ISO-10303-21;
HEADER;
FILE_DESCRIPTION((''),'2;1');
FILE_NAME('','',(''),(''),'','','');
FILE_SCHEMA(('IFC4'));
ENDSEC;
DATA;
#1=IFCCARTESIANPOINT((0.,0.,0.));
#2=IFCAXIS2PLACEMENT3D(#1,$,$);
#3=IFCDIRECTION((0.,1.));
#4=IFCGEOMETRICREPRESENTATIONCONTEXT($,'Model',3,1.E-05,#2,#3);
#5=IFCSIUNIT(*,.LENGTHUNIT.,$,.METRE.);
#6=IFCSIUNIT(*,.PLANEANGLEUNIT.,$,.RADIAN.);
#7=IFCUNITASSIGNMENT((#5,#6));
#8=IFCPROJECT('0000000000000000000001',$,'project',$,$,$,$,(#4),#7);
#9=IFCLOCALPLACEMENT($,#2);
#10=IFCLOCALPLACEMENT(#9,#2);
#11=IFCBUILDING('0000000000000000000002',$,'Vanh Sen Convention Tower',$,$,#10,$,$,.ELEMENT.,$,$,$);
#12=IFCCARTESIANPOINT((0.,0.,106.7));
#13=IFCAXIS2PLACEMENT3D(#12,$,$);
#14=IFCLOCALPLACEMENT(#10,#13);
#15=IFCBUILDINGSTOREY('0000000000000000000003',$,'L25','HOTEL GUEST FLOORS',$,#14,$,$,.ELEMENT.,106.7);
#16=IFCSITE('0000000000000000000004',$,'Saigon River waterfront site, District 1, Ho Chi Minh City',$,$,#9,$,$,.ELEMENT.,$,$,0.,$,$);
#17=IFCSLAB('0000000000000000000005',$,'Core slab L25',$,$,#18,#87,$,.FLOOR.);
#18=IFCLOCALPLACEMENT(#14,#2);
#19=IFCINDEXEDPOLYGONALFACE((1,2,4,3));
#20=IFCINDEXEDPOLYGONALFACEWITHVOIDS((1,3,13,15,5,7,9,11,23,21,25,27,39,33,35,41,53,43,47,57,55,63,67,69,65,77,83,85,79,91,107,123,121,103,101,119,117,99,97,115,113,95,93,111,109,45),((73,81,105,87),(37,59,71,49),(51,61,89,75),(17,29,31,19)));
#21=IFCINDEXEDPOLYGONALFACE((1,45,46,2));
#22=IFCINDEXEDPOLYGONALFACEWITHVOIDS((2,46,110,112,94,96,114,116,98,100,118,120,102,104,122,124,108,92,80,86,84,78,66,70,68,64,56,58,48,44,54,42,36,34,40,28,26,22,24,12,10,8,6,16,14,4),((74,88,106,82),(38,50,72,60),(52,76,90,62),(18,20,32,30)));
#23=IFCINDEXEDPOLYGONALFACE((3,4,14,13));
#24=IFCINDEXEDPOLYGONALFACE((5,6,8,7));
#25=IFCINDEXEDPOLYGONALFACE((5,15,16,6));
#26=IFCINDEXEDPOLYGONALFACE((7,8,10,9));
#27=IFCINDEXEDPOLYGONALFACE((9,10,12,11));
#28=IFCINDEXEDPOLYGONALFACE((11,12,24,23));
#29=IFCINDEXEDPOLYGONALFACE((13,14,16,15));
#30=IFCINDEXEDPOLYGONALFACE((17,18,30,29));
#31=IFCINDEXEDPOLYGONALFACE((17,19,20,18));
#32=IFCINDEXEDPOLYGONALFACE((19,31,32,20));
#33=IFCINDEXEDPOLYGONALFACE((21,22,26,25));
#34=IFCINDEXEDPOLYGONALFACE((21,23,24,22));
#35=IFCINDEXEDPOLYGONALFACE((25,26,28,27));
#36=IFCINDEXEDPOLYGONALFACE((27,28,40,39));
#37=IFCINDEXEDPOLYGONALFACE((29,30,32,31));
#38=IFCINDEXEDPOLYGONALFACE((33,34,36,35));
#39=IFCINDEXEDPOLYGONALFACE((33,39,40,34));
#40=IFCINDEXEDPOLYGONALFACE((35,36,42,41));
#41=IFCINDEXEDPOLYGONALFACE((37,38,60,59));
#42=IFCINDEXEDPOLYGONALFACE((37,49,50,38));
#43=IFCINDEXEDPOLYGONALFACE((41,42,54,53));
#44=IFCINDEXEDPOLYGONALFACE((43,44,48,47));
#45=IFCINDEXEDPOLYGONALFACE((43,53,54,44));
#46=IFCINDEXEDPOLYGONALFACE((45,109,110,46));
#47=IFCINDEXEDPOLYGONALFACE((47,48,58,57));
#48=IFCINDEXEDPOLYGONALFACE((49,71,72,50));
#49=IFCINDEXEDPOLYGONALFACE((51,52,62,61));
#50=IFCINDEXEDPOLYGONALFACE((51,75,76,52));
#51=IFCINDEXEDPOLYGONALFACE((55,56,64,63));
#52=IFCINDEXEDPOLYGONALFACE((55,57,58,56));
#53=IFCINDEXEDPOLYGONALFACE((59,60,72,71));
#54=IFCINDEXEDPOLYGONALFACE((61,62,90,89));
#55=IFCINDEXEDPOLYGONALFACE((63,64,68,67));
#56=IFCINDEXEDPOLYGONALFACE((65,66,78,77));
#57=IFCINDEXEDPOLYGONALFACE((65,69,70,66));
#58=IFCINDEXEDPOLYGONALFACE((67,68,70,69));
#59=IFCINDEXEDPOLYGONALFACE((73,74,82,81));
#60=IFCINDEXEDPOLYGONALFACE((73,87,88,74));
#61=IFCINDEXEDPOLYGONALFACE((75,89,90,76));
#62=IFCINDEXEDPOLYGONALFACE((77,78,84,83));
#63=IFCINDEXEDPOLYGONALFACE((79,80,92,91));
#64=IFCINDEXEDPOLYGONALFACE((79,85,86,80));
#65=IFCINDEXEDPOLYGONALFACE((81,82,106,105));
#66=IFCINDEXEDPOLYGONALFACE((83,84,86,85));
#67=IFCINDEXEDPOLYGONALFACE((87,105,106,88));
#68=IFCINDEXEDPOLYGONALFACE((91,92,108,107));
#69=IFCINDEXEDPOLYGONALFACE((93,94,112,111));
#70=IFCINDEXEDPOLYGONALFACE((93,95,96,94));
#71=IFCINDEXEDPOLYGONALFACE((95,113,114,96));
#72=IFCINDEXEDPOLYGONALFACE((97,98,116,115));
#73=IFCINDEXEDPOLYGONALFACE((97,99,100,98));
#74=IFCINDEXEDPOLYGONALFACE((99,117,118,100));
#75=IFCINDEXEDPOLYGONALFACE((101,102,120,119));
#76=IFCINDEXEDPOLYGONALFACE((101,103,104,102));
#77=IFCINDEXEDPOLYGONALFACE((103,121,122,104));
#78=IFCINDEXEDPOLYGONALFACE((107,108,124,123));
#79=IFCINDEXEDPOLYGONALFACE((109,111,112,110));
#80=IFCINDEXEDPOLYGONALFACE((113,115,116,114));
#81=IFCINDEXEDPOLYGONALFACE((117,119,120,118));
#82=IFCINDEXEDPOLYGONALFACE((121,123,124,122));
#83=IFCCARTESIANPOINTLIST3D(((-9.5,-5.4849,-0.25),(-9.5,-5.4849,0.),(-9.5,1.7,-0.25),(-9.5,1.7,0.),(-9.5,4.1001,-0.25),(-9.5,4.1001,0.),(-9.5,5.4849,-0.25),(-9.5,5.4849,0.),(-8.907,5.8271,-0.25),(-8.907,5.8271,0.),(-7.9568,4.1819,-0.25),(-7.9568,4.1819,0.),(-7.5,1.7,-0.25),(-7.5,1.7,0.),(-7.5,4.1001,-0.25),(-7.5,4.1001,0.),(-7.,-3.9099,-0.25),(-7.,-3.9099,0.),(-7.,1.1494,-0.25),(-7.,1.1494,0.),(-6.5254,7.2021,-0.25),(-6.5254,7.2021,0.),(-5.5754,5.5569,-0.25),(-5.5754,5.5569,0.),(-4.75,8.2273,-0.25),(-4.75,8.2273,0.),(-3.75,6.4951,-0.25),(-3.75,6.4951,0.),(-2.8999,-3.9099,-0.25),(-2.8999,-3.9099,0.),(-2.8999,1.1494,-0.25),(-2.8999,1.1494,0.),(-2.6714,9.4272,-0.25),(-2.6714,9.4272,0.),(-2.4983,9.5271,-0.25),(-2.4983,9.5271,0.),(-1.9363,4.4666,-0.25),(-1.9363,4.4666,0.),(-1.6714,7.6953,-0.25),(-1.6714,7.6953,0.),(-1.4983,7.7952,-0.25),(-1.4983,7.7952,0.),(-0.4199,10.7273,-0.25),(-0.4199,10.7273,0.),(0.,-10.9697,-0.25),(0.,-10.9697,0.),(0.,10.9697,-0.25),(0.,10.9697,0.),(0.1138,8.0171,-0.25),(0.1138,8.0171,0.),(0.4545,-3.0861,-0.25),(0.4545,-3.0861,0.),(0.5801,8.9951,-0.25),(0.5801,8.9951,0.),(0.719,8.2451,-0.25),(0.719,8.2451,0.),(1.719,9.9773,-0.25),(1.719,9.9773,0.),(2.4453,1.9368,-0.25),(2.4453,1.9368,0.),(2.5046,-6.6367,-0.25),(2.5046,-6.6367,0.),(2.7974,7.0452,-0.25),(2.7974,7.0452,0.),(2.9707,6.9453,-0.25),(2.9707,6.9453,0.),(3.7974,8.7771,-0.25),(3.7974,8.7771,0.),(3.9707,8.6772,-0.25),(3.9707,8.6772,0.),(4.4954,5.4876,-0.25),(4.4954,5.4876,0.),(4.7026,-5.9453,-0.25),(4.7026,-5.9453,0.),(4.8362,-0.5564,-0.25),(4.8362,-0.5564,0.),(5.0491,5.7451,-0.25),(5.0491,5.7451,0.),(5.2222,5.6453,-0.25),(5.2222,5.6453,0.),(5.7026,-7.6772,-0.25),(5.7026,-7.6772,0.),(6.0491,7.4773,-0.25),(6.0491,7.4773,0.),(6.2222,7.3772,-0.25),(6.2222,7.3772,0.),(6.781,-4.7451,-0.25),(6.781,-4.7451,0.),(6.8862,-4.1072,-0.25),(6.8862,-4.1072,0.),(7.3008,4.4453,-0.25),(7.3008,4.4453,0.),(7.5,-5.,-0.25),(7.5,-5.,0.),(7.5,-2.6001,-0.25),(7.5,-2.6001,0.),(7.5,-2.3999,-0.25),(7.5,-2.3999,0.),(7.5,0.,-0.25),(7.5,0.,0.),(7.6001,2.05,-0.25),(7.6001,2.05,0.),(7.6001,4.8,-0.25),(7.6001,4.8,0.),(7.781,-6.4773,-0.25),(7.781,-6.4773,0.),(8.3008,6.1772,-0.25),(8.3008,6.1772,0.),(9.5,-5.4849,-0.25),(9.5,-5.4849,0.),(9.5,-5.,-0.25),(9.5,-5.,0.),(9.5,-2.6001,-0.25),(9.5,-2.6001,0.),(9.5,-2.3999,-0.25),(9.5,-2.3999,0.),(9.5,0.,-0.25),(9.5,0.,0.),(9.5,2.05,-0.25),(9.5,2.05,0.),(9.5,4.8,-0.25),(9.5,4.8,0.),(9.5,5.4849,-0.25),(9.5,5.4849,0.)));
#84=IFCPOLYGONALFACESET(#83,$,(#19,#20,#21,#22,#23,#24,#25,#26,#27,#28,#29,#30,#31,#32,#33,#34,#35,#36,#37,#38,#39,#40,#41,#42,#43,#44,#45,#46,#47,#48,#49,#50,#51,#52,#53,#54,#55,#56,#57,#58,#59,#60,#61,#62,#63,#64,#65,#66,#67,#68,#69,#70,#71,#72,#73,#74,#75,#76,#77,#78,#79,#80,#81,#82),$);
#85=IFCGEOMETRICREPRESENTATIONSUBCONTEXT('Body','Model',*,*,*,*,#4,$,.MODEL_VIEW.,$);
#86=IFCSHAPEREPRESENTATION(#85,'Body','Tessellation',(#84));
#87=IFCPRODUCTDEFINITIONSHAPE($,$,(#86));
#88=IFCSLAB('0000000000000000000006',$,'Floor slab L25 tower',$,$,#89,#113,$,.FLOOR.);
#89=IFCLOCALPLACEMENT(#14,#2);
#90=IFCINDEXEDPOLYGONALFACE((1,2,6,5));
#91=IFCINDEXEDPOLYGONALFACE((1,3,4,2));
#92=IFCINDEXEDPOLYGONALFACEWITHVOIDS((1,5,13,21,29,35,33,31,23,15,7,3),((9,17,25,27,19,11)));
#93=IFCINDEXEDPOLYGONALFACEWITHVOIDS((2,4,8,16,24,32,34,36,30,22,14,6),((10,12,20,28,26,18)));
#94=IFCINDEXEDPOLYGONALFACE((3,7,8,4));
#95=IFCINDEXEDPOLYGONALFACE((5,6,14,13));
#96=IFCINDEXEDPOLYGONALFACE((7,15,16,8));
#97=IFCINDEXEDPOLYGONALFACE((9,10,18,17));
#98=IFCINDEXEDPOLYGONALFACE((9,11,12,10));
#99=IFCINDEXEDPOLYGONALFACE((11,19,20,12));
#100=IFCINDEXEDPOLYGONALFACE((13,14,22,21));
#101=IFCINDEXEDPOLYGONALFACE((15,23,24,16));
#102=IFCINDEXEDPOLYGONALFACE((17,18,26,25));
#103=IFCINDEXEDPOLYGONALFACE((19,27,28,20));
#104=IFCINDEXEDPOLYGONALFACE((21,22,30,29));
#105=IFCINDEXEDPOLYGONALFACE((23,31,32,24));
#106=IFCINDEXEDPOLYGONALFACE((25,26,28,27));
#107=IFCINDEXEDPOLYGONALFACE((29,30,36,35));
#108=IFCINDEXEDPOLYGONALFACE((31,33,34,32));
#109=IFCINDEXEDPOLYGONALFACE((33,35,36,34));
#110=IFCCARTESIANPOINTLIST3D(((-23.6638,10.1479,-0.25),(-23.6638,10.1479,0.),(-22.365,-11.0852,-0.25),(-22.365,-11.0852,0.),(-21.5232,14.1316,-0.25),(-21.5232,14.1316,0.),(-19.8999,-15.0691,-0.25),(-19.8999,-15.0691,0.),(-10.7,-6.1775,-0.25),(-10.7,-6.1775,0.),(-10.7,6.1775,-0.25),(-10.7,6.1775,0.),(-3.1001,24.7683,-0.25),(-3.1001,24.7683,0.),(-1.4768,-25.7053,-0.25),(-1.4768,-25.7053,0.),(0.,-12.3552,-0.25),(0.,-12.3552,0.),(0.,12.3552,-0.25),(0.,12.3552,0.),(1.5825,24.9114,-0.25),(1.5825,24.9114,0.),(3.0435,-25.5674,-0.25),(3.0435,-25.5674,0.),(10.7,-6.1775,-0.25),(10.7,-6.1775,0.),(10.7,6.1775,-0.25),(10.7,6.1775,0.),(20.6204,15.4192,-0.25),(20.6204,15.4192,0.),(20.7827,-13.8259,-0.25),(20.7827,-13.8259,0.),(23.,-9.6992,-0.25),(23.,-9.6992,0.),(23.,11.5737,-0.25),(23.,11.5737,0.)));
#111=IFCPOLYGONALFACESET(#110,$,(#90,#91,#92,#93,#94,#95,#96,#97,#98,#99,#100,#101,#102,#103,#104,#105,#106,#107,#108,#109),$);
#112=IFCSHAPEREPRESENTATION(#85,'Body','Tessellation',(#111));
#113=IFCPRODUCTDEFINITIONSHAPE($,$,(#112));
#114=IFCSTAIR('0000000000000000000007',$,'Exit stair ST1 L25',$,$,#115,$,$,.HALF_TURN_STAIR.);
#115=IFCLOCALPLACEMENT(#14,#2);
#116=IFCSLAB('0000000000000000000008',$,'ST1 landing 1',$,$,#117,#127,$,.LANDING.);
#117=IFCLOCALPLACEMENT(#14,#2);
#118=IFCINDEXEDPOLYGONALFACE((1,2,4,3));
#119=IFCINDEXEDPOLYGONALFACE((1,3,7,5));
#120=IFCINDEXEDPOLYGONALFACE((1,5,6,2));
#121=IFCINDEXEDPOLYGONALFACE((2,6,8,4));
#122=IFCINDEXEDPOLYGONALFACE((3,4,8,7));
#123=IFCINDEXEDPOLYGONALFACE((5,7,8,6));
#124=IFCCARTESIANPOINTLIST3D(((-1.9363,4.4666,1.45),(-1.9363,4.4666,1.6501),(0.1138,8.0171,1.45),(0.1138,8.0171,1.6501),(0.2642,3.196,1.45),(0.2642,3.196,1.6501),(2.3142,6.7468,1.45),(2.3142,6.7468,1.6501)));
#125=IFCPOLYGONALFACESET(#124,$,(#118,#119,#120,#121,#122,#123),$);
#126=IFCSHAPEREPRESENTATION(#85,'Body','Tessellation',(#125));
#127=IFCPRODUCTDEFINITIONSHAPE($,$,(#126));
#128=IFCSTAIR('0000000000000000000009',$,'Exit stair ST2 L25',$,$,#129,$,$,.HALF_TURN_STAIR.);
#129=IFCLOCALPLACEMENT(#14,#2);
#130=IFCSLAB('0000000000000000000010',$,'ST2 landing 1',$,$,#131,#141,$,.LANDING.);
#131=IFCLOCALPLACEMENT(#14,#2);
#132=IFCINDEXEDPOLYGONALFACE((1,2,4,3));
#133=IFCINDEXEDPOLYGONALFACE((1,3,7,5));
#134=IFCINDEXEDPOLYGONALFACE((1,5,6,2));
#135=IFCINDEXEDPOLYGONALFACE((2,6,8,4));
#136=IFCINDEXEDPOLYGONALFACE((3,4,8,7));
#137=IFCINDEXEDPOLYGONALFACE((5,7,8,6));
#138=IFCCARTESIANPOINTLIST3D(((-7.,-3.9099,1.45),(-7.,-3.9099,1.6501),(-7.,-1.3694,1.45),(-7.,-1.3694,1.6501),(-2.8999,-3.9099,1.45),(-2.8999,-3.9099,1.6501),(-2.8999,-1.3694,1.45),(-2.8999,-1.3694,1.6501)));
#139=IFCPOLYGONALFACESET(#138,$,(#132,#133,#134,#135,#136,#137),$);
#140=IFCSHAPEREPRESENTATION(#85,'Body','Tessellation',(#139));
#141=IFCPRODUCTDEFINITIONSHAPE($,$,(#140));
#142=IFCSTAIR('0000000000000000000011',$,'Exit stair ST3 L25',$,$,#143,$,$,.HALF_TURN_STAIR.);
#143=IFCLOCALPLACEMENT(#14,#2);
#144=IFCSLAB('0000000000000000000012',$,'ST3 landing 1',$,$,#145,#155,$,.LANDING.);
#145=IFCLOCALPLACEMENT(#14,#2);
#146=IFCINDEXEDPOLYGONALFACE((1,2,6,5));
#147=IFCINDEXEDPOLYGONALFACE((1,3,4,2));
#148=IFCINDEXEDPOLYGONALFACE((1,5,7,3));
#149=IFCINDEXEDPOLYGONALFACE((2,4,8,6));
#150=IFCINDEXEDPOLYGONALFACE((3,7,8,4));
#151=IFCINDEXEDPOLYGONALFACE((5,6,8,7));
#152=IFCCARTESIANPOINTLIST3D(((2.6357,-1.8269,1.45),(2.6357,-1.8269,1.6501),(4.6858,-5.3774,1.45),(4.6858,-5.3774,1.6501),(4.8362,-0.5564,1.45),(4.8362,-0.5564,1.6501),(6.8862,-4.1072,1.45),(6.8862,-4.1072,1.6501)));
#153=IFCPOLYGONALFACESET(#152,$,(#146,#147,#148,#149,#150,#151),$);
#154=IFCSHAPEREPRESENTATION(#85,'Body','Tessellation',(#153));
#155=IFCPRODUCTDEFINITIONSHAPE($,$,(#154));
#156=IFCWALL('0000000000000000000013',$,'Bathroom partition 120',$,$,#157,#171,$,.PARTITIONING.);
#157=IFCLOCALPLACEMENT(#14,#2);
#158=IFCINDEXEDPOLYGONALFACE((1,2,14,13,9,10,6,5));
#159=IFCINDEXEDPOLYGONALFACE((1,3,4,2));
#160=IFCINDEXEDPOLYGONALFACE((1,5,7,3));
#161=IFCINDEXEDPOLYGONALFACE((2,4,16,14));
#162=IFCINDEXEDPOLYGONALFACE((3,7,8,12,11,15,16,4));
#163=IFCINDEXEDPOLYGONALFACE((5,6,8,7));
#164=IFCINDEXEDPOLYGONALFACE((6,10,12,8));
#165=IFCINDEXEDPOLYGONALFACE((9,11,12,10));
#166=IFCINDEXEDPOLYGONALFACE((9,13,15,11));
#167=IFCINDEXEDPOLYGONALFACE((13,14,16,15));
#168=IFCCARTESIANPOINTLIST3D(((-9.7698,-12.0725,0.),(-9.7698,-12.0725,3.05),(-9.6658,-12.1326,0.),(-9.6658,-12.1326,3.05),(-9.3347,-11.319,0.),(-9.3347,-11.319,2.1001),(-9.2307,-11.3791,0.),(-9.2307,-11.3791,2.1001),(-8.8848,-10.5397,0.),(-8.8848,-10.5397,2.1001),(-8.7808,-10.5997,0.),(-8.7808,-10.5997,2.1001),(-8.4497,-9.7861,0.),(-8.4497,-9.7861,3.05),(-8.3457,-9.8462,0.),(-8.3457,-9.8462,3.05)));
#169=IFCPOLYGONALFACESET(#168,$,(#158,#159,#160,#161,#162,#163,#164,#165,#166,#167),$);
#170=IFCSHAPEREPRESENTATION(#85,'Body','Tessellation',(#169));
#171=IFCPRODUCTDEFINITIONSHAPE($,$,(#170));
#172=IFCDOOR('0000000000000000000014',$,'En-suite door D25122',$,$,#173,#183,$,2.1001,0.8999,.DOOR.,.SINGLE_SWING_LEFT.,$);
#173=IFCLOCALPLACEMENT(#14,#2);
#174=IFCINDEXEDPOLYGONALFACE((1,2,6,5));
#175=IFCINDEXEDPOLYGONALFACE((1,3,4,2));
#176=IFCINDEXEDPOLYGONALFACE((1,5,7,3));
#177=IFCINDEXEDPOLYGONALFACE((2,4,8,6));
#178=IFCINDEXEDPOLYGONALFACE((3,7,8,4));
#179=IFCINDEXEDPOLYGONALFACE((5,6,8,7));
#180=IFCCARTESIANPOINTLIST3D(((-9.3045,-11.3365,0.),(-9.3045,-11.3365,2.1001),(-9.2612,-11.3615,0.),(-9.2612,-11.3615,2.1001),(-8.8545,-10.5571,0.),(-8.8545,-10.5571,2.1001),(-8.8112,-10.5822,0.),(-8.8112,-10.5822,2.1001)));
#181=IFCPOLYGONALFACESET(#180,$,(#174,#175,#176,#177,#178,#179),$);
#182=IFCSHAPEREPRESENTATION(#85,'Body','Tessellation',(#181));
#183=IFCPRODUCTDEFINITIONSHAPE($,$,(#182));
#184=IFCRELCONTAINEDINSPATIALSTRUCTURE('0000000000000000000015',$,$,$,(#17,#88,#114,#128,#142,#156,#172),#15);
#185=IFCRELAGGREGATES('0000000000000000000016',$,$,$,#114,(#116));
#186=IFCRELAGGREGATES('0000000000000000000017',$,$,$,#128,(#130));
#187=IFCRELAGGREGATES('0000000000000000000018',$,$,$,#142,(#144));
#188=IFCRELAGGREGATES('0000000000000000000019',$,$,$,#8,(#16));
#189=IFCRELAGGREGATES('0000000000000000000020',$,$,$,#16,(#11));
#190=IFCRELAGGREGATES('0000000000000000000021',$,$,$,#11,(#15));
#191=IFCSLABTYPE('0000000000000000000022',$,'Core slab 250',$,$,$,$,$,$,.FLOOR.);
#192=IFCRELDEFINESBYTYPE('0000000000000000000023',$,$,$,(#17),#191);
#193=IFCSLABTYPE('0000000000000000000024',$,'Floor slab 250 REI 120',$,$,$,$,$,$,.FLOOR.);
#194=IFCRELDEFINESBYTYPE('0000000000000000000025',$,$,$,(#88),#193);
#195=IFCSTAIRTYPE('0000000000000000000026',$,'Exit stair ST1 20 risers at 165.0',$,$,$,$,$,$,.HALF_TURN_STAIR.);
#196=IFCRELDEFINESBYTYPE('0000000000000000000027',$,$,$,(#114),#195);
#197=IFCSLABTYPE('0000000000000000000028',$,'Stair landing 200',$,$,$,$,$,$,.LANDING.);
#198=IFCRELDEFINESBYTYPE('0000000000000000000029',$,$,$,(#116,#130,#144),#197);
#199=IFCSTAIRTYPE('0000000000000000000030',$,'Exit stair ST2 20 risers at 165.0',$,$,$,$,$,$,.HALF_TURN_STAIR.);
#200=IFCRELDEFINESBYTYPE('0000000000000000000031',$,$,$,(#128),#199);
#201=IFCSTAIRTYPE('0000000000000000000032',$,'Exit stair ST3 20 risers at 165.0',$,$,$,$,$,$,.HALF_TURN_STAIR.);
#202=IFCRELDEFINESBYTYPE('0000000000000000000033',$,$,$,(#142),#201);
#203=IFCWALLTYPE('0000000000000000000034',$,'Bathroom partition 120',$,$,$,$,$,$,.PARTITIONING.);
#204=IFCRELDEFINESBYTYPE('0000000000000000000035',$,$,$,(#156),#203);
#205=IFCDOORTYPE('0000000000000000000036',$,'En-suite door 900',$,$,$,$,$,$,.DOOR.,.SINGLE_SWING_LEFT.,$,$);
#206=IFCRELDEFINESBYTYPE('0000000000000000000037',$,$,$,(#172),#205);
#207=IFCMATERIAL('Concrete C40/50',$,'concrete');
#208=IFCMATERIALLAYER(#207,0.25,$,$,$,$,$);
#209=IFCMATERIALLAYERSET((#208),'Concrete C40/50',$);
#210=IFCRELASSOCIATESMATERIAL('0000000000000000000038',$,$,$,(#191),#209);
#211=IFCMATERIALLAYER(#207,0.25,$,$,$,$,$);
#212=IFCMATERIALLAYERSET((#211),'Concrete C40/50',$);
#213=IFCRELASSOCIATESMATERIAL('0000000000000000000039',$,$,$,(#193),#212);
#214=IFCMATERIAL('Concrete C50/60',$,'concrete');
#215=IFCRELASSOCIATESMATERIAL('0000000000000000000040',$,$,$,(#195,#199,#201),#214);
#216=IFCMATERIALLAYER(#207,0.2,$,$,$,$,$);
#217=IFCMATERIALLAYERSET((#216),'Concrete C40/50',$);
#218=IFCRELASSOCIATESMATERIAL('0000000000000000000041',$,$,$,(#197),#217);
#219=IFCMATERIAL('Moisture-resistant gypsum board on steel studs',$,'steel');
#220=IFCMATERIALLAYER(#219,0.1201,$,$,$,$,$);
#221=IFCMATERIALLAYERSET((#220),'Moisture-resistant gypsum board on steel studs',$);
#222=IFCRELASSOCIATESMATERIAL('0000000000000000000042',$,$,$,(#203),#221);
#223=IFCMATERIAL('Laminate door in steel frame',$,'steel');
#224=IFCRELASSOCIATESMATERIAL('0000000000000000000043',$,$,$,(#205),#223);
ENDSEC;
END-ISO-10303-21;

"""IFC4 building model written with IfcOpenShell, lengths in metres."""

from ifc_helpers import new_model, si_unit, direction, frame, frame_2d, origin, place, context, subcontext, project, spatial, polyline, rectangle, outline, extrude, material, layer, layer_set, type_object, element, fill, aggregate, save


model = new_model("IFC4")

# Units and contexts
model_context = context("Model", 3, precision=1e-05, world=origin(), true_north=direction((0.0, 1.0)))
body_context = subcontext(model_context, "Body", "Model", "MODEL_VIEW")
ifc_project = project(units=[si_unit("LENGTHUNIT", "METRE"), si_unit("PLANEANGLEUNIT", "RADIAN")], contexts=[model_context])

# Site, building, storey
site_placement = place(None, origin())
site = spatial("IfcSite", under=ifc_project, at=site_placement, Name="Saigon River waterfront site, District 1, Ho Chi Minh City", CompositionType="ELEMENT", RefElevation=0.0)
building_placement = place(site_placement, origin())
building = spatial("IfcBuilding", under=site, at=building_placement, Name="Vanh Sen Convention Tower", CompositionType="ELEMENT")
storey_placement = place(building_placement, frame((0.0, 0.0, 106.7)))
storey = spatial("IfcBuildingStorey", under=building, at=storey_placement, Name="L25", Description="HOTEL GUEST FLOORS", CompositionType="ELEMENT", Elevation=106.7)

# Slabs
ifc_material_1 = material(Name="Concrete C40/50", Category="concrete")
ifc_layer_1 = layer(ifc_material_1, 0.25)
ifc_layer_set_1 = layer_set([ifc_layer_1], Name="Concrete C40/50")
slab_type_1 = type_object("IfcSlabType", Name="Core slab 250", PredefinedType="FLOOR", material=ifc_layer_set_1)
slab_1_placement = place(storey_placement, frame((0.0, 0.0, -0.25)))
element("IfcSlab", 1, at=slab_1_placement, inside=storey, type_object=slab_type_1, Name="Core slab L25", PredefinedType="FLOOR", context=body_context, shape_type="SweptSolid", body=[
    extrude(outline(polyline([(9.5, 5.4849), (9.5, 4.8), (7.6001, 4.8), (7.6001, 2.05), (9.5, 2.05), (9.5, 0.0), (7.5, 0.0), (7.5, -2.3999), (9.5, -2.3999), (9.5, -2.6001), (7.5, -2.6001), (7.5, -5.0), (9.5, -5.0), (9.5, -5.4849), (0.0, -10.9697), (-9.5, -5.4849), (-9.5, 1.7), (-7.5, 1.7), (-7.5, 4.1001), (-9.5, 4.1001), (-9.5, 5.4849), (-8.907, 5.8271), (-7.9568, 4.1819), (-5.5754, 5.5569), (-6.5254, 7.2021), (-4.75, 8.2273), (-3.75, 6.4951), (-1.6714, 7.6953), (-2.6714, 9.4272), (-2.4983, 9.5271), (-1.4983, 7.7952), (0.5801, 8.9951), (-0.4199, 10.7273), (0.0, 10.9697), (1.719, 9.9773), (0.719, 8.2451), (2.7974, 7.0452), (3.7974, 8.7771), (3.9707, 8.6772), (2.9707, 6.9453), (5.0491, 5.7451), (6.0491, 7.4773), (6.2222, 7.3772), (5.2222, 5.6453), (7.3008, 4.4453), (8.3008, 6.1772), (9.5, 5.4849)]), holes=[polyline([(-7.0, 3.1499), (-7.0, -3.9099), (-2.8999, -3.9099), (-2.8999, 3.1499), (-2.8999, 1.1494), (-7.0, 1.1494), (-7.0, 3.1499)]), polyline([(4.4954, 5.4875), (6.228, 4.4873), (0.1138, 8.0171), (-1.9363, 4.4666), (2.4453, 1.9368), (4.4954, 5.4875)]), polyline([(7.781, -6.4773), (6.781, -4.7451), (4.7026, -5.9453), (5.7026, -7.6772), (7.781, -6.4773)]), polyline([(0.4546, -3.0862), (2.5046, -6.6367), (6.8862, -4.1072), (4.8362, -0.5564), (-1.2781, -4.0864), (0.4546, -3.0862)])]), origin(), (0.0, 0.0, 1.0), 0.25),
])
ifc_layer_2 = layer(ifc_material_1, 0.25)
ifc_layer_set_2 = layer_set([ifc_layer_2], Name="Concrete C40/50")
slab_type_2 = type_object("IfcSlabType", Name="Floor slab 250 REI 120", PredefinedType="FLOOR", material=ifc_layer_set_2)
slab_2_placement = place(storey_placement, frame((0.0, 0.0, -0.25)))
element("IfcSlab", 2, at=slab_2_placement, inside=storey, type_object=slab_type_2, Name="Floor slab L25 tower", PredefinedType="FLOOR", context=body_context, shape_type="SweptSolid", body=[
    extrude(outline(polyline([(23.0, -9.6992), (23.0, 11.5737), (20.6204, 15.4192), (1.5825, 24.9114), (-3.1001, 24.7683), (-21.5232, 14.1316), (-23.6638, 10.1479), (-22.365, -11.0852), (-19.8999, -15.0691), (-1.4768, -25.7053), (3.0435, -25.5674), (20.7827, -13.8259), (23.0, -9.6992)]), holes=[polyline([(0.0, 12.3552), (-10.7, 6.1775), (-10.7, -6.1775), (0.0, -12.3552), (10.7, -6.1775), (10.7, 6.1775), (0.0, 12.3552)])]), origin(), (0.0, 0.0, 1.0), 0.25),
])

# Stairs, slabs
ifc_material_2 = material(Name="Concrete C50/60", Category="concrete")
stair_type_1 = type_object("IfcStairType", Name="Exit stair ST1 20 risers at 165.0", PredefinedType="HALF_TURN_STAIR", material=ifc_material_2)
stair_1_placement = place(storey_placement, origin())
stair_1 = element("IfcStair", 3, at=stair_1_placement, inside=storey, type_object=stair_type_1, Name="Exit stair ST1 L25", PredefinedType="HALF_TURN_STAIR")
ifc_layer_3 = layer(ifc_material_1, 0.2)
ifc_layer_set_3 = layer_set([ifc_layer_3], Name="Concrete C40/50")
slab_type_3 = type_object("IfcSlabType", Name="Stair landing 200", PredefinedType="LANDING", material=ifc_layer_set_3)
slab_3_placement = place(storey_placement, frame((0.0, 0.0, 1.45)))
slab_3 = element("IfcSlab", 4, at=slab_3_placement, type_object=slab_type_3, Name="ST1 landing 1", PredefinedType="LANDING", context=body_context, shape_type="SweptSolid", body=[
    extrude(outline(polyline([(2.3142, 6.7468), (0.1138, 8.0171), (-1.9363, 4.4666), (0.2642, 3.196), (2.3142, 6.7468)])), origin(), (0.0, 0.0, 1.0), 0.2002),
])
aggregate(stair_1, [slab_3])
stair_type_2 = type_object("IfcStairType", Name="Exit stair ST2 20 risers at 165.0", PredefinedType="HALF_TURN_STAIR", material=ifc_material_2)
stair_2_placement = place(storey_placement, origin())
stair_2 = element("IfcStair", 5, at=stair_2_placement, inside=storey, type_object=stair_type_2, Name="Exit stair ST2 L25", PredefinedType="HALF_TURN_STAIR")
slab_4_placement = place(storey_placement, frame((0.0, 0.0, 1.45)))
slab_4 = element("IfcSlab", 6, at=slab_4_placement, type_object=slab_type_3, Name="ST2 landing 1", PredefinedType="LANDING", context=body_context, shape_type="SweptSolid", body=[
    extrude(outline(polyline([(-7.0, -1.3694), (-7.0, -3.9099), (-2.8999, -3.9099), (-2.8999, -1.3694), (-7.0, -1.3694)])), origin(), (0.0, 0.0, 1.0), 0.2002),
])
aggregate(stair_2, [slab_4])
stair_type_3 = type_object("IfcStairType", Name="Exit stair ST3 20 risers at 165.0", PredefinedType="HALF_TURN_STAIR", material=ifc_material_2)
stair_3_placement = place(storey_placement, origin())
stair_3 = element("IfcStair", 7, at=stair_3_placement, inside=storey, type_object=stair_type_3, Name="Exit stair ST3 L25", PredefinedType="HALF_TURN_STAIR")
slab_5_placement = place(storey_placement, frame((0.0, 0.0, 1.45)))
slab_5 = element("IfcSlab", 8, at=slab_5_placement, type_object=slab_type_3, Name="ST3 landing 1", PredefinedType="LANDING", context=body_context, shape_type="SweptSolid", body=[
    extrude(outline(polyline([(4.6858, -5.3774), (6.8862, -4.1072), (4.8362, -0.5564), (2.6357, -1.8269), (4.6858, -5.3774)])), origin(), (0.0, 0.0, 1.0), 0.2002),
])
aggregate(stair_3, [slab_5])

# Wall, opening, door
ifc_material_3 = material(Name="Moisture-resistant gypsum board on steel studs", Category="steel")
ifc_layer_4 = layer(ifc_material_3, 0.1201)
ifc_layer_set_4 = layer_set([ifc_layer_4], Name="Moisture-resistant gypsum board on steel studs")
wall_type_1 = type_object("IfcWallType", Name="Bathroom partition 120", PredefinedType="PARTITIONING", material=ifc_layer_set_4)
wall_1_placement = place(storey_placement, frame((-8.3977, -9.8162, 0.0), z_axis=(0.0, 0.0, 1.0), x_axis=(-0.500008, -0.866021, 0.0)))
wall_1 = element("IfcWall", 9, at=wall_1_placement, inside=storey, type_object=wall_type_1, Name="Bathroom partition 120", PredefinedType="PARTITIONING", context=body_context, shape_type="SweptSolid", body=[
    extrude(rectangle(XDim=2.6401, YDim=0.1201, at=frame_2d((1.3201, 0.0))), origin(), (0.0, 0.0, 1.0), 3.05),
])
opening_1_placement = place(wall_1_placement, frame((0.8701, 0.0, 0.0)))
opening_1 = element("IfcOpeningElement", 10, at=opening_1_placement, cuts=wall_1, PredefinedType="OPENING", context=body_context, shape_type="SweptSolid", body=[
    extrude(rectangle(XDim=0.8999, YDim=2.1001, at=frame_2d((0.45, 1.05))), frame((0.0, 0.0701, 0.0), z_axis=(0.0, -1.0, 0.0), x_axis=(1.0, 0.0, 0.0)), (0.0, 0.0, 1.0), 0.1401),
])
ifc_material_4 = material(Name="Laminate door in steel frame", Category="steel")
door_type_1 = type_object("IfcDoorType", Name="En-suite door 900", OperationType="SINGLE_SWING_LEFT", PredefinedType="DOOR", material=ifc_material_4)
door_1_placement = place(opening_1_placement, origin())
door_1 = element("IfcDoor", 11, at=door_1_placement, inside=storey, type_object=door_type_1, Name="En-suite door D25122", OperationType="SINGLE_SWING_LEFT", OverallHeight=2.1001, OverallWidth=0.8999, PredefinedType="DOOR", context=body_context, shape_type="SweptSolid", body=[
    extrude(rectangle(XDim=0.8999, YDim=2.1001, at=frame_2d((0.45, 1.05))), frame((0.0, 0.0249, 0.0), z_axis=(0.0, -1.0, 0.0), x_axis=(1.0, 0.0, 0.0)), (0.0, 0.0, 1.0), 0.05),
])
fill(opening_1, door_1)

save(model, "model.ifc")
